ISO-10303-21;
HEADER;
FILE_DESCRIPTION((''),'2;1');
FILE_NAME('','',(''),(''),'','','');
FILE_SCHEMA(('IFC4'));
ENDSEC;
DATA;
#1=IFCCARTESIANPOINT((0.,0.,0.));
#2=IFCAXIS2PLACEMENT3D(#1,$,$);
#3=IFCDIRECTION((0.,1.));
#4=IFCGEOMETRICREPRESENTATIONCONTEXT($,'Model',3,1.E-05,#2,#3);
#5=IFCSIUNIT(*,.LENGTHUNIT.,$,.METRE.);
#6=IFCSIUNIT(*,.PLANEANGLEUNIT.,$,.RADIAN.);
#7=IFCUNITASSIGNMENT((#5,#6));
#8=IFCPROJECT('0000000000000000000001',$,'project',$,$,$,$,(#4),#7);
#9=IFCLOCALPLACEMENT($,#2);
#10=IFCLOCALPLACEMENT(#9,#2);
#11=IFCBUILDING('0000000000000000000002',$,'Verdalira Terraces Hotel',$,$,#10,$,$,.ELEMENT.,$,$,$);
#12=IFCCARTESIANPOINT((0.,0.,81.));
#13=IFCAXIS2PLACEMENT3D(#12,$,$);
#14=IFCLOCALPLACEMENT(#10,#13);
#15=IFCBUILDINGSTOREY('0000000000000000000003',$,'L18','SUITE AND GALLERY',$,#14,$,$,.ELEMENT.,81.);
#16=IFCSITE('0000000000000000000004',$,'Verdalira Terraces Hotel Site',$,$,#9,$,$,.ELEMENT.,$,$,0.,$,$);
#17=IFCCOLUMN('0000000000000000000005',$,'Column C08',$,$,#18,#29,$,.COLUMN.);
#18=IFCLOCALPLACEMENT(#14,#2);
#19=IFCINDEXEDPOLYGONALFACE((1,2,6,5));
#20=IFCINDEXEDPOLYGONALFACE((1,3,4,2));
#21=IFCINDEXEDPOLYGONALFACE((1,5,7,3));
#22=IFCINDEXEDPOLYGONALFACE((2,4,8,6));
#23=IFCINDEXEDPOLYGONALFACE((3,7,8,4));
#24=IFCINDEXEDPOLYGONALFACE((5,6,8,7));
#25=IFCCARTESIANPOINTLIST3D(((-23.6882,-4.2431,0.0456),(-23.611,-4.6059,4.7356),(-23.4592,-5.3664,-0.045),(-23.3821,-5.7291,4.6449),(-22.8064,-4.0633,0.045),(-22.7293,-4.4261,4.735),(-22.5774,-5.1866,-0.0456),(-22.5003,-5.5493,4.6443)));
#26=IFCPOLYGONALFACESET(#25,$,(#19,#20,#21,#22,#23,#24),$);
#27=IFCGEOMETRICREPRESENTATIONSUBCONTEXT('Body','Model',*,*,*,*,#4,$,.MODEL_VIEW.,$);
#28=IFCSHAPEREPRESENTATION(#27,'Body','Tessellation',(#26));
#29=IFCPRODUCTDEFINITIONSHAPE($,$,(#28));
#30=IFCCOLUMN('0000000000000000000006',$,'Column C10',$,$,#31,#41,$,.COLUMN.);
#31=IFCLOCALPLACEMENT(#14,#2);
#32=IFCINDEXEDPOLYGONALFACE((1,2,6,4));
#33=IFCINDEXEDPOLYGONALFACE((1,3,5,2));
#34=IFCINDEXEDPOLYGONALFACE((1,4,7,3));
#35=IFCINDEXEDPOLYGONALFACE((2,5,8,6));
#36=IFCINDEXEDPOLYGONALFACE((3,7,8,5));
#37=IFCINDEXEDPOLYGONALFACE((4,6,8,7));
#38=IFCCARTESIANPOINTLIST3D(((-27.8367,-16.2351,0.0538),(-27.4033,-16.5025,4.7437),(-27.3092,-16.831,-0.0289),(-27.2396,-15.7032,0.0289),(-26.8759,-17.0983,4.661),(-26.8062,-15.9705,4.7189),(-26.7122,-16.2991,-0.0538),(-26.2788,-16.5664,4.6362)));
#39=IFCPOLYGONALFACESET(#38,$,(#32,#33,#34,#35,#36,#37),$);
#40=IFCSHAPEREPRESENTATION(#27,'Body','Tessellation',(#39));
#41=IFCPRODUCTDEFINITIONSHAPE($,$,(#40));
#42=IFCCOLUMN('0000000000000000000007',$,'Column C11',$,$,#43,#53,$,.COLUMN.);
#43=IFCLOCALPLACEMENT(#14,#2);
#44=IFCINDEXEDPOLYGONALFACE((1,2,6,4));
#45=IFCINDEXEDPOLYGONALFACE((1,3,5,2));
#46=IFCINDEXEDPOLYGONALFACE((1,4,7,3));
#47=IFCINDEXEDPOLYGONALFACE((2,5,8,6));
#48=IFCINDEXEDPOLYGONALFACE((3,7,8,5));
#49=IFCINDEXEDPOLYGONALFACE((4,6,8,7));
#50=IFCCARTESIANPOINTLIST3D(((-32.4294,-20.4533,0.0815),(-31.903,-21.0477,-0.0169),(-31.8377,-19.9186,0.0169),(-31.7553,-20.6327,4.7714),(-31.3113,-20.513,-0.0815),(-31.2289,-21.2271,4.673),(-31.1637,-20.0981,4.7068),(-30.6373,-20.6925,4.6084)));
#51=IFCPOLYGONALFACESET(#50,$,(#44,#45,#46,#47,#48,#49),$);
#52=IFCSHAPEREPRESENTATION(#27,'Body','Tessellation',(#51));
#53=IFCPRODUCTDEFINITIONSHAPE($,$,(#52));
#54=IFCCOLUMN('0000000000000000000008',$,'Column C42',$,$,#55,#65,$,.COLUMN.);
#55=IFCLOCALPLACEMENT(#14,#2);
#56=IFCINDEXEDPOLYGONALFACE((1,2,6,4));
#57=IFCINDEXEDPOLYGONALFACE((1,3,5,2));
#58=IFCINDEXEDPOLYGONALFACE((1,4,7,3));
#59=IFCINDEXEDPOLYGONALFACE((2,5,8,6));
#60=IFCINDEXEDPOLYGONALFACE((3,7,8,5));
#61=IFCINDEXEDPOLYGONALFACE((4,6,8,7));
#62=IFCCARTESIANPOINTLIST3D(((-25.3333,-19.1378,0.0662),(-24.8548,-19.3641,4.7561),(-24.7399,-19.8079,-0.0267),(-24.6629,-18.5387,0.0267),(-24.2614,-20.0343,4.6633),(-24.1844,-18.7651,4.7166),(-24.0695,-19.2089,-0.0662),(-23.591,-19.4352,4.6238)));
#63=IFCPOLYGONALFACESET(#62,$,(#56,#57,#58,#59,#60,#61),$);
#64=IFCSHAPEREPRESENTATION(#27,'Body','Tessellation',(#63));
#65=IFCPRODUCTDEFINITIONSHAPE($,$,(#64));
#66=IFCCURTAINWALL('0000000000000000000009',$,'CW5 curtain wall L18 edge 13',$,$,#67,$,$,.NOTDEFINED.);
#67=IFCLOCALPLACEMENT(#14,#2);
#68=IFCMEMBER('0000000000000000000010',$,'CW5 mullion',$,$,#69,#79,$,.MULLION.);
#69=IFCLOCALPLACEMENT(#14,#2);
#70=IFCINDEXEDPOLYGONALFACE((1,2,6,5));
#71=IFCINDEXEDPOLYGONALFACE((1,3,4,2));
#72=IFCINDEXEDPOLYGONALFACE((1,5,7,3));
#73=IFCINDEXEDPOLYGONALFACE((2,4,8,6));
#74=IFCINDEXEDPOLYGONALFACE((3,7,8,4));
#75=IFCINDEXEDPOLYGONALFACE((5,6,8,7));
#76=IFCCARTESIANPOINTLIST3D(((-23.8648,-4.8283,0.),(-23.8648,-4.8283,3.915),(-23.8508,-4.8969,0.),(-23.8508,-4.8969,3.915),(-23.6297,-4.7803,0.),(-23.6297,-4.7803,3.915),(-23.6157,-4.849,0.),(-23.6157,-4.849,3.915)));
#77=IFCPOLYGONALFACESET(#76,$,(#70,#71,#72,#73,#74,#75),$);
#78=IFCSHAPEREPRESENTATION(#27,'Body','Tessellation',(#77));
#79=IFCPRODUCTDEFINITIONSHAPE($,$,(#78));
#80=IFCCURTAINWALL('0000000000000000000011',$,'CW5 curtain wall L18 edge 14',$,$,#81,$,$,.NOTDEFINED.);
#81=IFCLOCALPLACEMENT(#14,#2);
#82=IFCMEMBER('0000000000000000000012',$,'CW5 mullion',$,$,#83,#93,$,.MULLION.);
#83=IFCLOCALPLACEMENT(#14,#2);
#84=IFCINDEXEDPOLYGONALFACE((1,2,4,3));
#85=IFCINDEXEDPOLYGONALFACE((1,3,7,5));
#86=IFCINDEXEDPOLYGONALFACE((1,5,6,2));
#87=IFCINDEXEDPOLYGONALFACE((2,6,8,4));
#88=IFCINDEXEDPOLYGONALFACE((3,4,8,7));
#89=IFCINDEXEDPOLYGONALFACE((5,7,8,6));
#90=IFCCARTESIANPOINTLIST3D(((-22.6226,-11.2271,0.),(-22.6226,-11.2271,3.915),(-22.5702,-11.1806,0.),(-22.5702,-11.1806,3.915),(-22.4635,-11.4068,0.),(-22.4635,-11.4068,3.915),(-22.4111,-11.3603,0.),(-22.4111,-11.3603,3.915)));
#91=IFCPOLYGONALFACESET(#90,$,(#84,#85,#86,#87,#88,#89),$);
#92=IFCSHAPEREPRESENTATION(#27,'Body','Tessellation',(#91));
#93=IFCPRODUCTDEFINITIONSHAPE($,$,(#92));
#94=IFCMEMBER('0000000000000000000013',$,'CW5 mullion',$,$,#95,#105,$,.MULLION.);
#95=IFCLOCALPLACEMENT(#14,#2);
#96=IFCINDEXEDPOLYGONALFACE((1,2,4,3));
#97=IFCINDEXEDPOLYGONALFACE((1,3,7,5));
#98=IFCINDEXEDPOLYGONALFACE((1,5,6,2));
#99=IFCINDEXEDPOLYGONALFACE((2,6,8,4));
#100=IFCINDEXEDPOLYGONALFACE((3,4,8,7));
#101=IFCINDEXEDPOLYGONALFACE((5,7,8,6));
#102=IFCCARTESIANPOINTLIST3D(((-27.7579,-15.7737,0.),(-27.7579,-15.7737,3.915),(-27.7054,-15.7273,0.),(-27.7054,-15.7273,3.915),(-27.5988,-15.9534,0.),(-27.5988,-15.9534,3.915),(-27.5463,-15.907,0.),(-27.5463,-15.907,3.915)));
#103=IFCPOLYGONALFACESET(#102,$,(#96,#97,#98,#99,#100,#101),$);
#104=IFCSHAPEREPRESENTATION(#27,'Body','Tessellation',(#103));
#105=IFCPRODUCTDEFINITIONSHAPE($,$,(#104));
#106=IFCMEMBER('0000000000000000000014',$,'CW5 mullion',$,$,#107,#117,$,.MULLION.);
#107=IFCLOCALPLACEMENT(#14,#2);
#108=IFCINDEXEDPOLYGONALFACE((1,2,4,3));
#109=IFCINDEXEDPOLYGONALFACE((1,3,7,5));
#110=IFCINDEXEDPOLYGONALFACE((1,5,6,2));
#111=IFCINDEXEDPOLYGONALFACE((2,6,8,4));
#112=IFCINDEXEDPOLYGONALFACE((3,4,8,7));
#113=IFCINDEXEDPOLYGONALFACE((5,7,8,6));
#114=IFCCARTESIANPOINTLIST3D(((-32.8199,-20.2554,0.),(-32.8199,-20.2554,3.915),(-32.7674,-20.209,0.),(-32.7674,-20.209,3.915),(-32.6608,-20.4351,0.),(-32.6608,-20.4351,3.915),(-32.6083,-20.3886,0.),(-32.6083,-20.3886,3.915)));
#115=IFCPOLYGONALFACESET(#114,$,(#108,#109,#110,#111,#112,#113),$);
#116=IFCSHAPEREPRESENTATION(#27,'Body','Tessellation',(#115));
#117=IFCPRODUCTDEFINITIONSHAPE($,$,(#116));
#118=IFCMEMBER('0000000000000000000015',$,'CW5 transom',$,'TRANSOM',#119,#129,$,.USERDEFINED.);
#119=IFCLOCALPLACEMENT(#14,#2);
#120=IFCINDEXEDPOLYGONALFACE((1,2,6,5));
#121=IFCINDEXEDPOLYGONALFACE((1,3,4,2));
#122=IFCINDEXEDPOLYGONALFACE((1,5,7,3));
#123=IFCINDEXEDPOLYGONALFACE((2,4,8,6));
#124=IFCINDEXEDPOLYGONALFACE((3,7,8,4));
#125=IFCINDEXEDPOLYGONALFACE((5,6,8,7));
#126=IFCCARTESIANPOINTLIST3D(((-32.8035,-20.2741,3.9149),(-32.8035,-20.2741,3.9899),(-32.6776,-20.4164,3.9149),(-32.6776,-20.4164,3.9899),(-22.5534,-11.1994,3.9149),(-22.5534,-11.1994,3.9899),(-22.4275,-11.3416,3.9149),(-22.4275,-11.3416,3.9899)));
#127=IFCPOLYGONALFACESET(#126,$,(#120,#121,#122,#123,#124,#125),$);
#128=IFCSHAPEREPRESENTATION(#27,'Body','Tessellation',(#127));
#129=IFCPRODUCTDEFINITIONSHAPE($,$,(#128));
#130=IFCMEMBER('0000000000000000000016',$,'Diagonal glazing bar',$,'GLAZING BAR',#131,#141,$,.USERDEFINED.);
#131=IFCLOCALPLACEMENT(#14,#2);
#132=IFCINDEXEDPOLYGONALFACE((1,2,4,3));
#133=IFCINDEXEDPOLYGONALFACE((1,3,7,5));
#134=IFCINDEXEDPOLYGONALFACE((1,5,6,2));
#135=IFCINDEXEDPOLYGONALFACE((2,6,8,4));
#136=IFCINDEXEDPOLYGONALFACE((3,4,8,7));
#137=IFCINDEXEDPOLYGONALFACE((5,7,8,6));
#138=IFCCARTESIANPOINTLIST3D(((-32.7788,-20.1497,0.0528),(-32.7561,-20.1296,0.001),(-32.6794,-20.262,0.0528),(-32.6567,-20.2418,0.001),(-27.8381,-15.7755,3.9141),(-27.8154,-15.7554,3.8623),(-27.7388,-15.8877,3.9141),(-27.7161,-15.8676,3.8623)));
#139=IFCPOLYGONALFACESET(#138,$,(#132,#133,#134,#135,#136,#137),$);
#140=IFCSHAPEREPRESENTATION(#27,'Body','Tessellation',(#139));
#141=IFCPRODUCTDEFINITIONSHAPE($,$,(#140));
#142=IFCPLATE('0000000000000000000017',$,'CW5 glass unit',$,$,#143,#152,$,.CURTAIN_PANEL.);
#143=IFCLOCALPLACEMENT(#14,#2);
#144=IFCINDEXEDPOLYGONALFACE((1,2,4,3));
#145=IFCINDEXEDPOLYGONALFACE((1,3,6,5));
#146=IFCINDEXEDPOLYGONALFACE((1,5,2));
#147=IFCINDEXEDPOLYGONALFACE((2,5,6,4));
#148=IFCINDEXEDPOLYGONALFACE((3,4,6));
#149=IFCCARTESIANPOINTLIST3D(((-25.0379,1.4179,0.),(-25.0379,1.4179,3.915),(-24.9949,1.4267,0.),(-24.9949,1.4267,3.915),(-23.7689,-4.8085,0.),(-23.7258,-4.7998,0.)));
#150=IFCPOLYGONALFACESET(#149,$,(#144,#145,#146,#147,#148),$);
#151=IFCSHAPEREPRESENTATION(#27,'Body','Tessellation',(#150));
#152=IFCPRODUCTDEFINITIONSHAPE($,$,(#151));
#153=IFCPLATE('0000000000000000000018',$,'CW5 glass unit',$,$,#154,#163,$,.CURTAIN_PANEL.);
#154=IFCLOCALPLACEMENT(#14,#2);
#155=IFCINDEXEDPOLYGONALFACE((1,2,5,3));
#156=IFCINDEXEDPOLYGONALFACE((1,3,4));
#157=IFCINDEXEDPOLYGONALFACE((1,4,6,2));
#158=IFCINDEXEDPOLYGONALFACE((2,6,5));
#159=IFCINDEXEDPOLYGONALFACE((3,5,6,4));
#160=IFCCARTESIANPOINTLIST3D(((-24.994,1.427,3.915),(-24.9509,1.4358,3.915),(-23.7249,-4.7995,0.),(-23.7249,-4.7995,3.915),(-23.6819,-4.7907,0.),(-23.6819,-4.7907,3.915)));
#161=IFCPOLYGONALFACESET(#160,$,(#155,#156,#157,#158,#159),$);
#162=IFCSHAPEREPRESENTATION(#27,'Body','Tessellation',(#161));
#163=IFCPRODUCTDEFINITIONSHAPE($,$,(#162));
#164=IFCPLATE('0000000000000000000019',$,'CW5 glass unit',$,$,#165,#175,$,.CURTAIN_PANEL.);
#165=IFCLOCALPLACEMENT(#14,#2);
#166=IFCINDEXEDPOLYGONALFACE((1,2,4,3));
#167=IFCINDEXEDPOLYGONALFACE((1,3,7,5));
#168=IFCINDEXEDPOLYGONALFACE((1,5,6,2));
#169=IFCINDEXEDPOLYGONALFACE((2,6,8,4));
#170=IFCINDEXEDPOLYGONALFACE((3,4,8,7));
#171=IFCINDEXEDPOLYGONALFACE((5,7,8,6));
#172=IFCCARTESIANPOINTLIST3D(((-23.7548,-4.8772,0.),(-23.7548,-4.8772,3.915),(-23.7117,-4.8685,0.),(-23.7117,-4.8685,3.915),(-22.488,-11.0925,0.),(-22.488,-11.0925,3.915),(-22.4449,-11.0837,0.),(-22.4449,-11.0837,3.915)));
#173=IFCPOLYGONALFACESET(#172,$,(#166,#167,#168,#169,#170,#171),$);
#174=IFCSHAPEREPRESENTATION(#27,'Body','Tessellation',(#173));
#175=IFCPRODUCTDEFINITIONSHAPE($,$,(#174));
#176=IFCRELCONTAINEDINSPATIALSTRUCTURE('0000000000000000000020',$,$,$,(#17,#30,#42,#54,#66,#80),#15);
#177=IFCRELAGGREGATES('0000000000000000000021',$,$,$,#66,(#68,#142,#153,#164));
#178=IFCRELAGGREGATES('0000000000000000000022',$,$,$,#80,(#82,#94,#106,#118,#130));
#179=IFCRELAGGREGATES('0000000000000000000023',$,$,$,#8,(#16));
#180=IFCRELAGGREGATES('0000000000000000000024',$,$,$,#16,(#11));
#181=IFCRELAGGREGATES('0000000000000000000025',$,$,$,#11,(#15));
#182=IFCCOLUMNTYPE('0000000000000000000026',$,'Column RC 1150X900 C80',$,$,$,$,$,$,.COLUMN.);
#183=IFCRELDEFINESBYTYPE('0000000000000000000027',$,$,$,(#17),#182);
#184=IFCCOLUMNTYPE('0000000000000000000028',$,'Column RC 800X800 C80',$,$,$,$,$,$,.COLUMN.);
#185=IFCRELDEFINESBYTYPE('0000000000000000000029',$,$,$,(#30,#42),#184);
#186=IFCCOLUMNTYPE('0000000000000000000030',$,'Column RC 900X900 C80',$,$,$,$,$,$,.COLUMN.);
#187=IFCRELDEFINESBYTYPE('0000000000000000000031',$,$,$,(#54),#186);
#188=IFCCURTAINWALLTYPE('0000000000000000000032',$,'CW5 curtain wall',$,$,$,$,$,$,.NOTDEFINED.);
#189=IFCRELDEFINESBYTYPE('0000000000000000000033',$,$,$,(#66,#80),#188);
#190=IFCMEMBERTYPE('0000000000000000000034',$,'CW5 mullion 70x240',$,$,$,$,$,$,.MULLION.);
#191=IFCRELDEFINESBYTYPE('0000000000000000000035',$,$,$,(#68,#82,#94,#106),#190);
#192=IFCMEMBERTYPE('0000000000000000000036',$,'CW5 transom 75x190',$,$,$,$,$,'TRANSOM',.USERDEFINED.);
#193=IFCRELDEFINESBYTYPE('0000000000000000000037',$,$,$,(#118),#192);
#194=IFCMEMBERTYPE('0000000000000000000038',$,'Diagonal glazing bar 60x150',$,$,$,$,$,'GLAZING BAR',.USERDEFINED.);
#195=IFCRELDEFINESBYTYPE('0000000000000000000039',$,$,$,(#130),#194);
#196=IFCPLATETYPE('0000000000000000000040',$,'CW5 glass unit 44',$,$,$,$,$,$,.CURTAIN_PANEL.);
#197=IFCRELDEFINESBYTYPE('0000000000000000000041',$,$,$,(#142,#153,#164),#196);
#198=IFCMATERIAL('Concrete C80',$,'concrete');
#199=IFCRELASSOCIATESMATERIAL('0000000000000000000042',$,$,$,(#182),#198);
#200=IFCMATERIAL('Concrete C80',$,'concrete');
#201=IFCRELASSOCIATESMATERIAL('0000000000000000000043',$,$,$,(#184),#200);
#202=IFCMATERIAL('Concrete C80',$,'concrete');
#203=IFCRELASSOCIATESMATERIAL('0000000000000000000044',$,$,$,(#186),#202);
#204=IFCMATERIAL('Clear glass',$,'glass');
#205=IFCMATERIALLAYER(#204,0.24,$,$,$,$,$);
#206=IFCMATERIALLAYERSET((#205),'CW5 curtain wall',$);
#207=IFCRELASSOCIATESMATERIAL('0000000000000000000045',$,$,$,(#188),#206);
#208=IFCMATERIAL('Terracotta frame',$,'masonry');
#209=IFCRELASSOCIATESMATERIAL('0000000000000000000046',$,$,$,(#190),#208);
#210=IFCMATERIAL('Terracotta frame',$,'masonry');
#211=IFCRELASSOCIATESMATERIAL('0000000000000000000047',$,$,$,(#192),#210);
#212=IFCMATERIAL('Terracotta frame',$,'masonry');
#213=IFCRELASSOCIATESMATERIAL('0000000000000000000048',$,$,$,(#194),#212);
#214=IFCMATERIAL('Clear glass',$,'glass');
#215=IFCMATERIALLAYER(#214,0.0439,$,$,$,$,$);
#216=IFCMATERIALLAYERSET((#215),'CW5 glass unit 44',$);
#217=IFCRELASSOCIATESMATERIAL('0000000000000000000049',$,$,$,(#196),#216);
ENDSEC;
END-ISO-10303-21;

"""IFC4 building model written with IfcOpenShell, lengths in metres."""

from ifc_helpers import new_model, si_unit, direction, frame, origin, origin_2d, place, context, subcontext, project, spatial, polyline, rectangle, outline, extrude, material, layer, layer_set, material_profile, profile_set, type_object, element, aggregate, save


model = new_model("IFC4")

# Units and contexts
model_context = context("Model", 3, precision=1e-05, world=origin(), true_north=direction((0.0, 1.0)))
body_context = subcontext(model_context, "Body", "Model", "MODEL_VIEW")
ifc_project = project(units=[si_unit("LENGTHUNIT", "METRE"), si_unit("PLANEANGLEUNIT", "RADIAN")], contexts=[model_context])

# Site, building, storey
site_placement = place(None, origin())
site = spatial("IfcSite", under=ifc_project, at=site_placement, Name="Verdalira Terraces Hotel Site", CompositionType="ELEMENT", RefElevation=0.0)
building_placement = place(site_placement, origin())
building = spatial("IfcBuilding", under=site, at=building_placement, Name="Verdalira Terraces Hotel", CompositionType="ELEMENT")
storey_placement = place(building_placement, frame((0.0, 0.0, 81.0)))
storey = spatial("IfcBuildingStorey", under=building, at=storey_placement, Name="L18", Description="SUITE AND GALLERY", CompositionType="ELEMENT", Elevation=81.0)

# Columns
ifc_material_1 = material(Name="Concrete C80", Category="concrete")
ifc_material_profile_1 = material_profile(ifc_material_1, rectangle(XDim=1.1499, YDim=0.8999, at=origin_2d()), Name="RC 1150X900")
ifc_profile_set_1 = profile_set([ifc_material_profile_1], Name="Concrete C80")
column_type_1 = type_object("IfcColumnType", Name="Column RC 1150X900 C80", PredefinedType="COLUMN", material=ifc_profile_set_1)
column_1_placement = place(storey_placement, frame((-23.1328, -4.7148, 0.0), z_axis=(0.016399, -0.077115, 0.996887), x_axis=(0.199126, -0.976798, -0.078836)))
element("IfcColumn", 1, at=column_1_placement, inside=storey, type_object=column_type_1, Name="Column C08", PredefinedType="COLUMN", context=body_context, shape_type="SweptSolid", body=[
    extrude(rectangle(XDim=1.1499, YDim=0.8999, at=origin_2d()), origin(), (0.0, 0.0, 1.0), 4.7046),
])
ifc_material_2 = material(Name="Concrete C80", Category="concrete")
ifc_material_profile_2 = material_profile(ifc_material_2, rectangle(XDim=0.8, YDim=0.8, at=origin_2d()), Name="RC 800X800")
ifc_profile_set_2 = profile_set([ifc_material_profile_2], Name="Concrete C80")
column_type_2 = type_object("IfcColumnType", Name="Column RC 800X800 C80", PredefinedType="COLUMN", material=ifc_profile_set_2)
column_2_placement = place(storey_placement, frame((-27.2744, -16.2671, 0.0), z_axis=(0.09186, -0.056669, 0.994158), x_axis=(-0.7463, -0.664885, 0.031059)))
element("IfcColumn", 2, at=column_2_placement, inside=storey, type_object=column_type_2, Name="Column C10", PredefinedType="COLUMN", context=body_context, shape_type="SweptSolid", body=[
    extrude(rectangle(XDim=0.8, YDim=0.8, at=origin_2d()), origin(), (0.0, 0.0, 1.0), 4.7175),
])
column_3_placement = place(storey_placement, frame((-31.8704, -20.4832, 0.0), z_axis=(0.142163, -0.037845, 0.989119), x_axis=(-0.739515, -0.668283, 0.080719)))
element("IfcColumn", 3, at=column_3_placement, inside=storey, type_object=column_type_2, Name="Column C11", PredefinedType="COLUMN", context=body_context, shape_type="SweptSolid", body=[
    extrude(rectangle(XDim=0.8, YDim=0.8, at=origin_2d()), origin(), (0.0, 0.0, 1.0), 4.7415),
])
ifc_material_3 = material(Name="Concrete C80", Category="concrete")
ifc_material_profile_3 = material_profile(ifc_material_3, rectangle(XDim=0.8999, YDim=0.8999, at=origin_2d()), Name="RC 900X900")
ifc_profile_set_3 = profile_set([ifc_material_profile_3], Name="Concrete C80")
column_type_3 = type_object("IfcColumnType", Name="Column RC 900X900 C80", PredefinedType="COLUMN", material=ifc_profile_set_3)
column_4_placement = place(storey_placement, frame((-24.7014, -19.1733, 0.0), z_axis=(0.101386, -0.047952, 0.993691), x_axis=(-0.744944, -0.665682, 0.043884)))
element("IfcColumn", 4, at=column_4_placement, inside=storey, type_object=column_type_3, Name="Column C42", PredefinedType="COLUMN", context=body_context, shape_type="SweptSolid", body=[
    extrude(rectangle(XDim=0.8999, YDim=0.8999, at=origin_2d()), origin(), (0.0, 0.0, 1.0), 4.7197),
])

# Curtain wall, member
ifc_material_4 = material(Name="Clear glass", Category="glass")
ifc_layer_1 = layer(ifc_material_4, 0.24)
ifc_layer_set_1 = layer_set([ifc_layer_1], Name="CW5 curtain wall")
curtain_wall_type = type_object("IfcCurtainWallType", Name="CW5 curtain wall", PredefinedType="NOTDEFINED", material=ifc_layer_set_1)
curtain_wall_1_placement = place(storey_placement, origin())
curtain_wall_1 = element("IfcCurtainWall", 5, at=curtain_wall_1_placement, inside=storey, type_object=curtain_wall_type, Name="CW5 curtain wall L18 edge 13", PredefinedType="NOTDEFINED")
ifc_material_5 = material(Name="Terracotta frame", Category="masonry")
ifc_material_profile_4 = material_profile(ifc_material_5, rectangle(XDim=0.0701, YDim=0.24, at=origin_2d()), Name="MU 70x240")
ifc_profile_set_4 = profile_set([ifc_material_profile_4], Name="Terracotta frame")
member_type_1 = type_object("IfcMemberType", Name="CW5 mullion 70x240", PredefinedType="MULLION", material=ifc_profile_set_4)
member_1_placement = place(storey_placement, frame((-23.7402, -4.8386, 0.0), z_axis=(0.0, 0.0, 1.0), x_axis=(0.19971, -0.979855, 0.0)))
member_1 = element("IfcMember", 6, at=member_1_placement, type_object=member_type_1, Name="CW5 mullion", PredefinedType="MULLION", context=body_context, shape_type="SweptSolid", body=[
    extrude(rectangle(XDim=0.0701, YDim=0.24, at=origin_2d()), origin(), (0.0, 0.0, 1.0), 3.915),
])

# Curtain wall, members
curtain_wall_2_placement = place(storey_placement, origin())
curtain_wall_2 = element("IfcCurtainWall", 7, at=curtain_wall_2_placement, inside=storey, type_object=curtain_wall_type, Name="CW5 curtain wall L18 edge 14", PredefinedType="NOTDEFINED")
member_2_placement = place(storey_placement, frame((-22.5168, -11.2937, 0.0), z_axis=(0.0, 0.0, 1.0), x_axis=(-0.748724, -0.662881, 0.0)))
member_2 = element("IfcMember", 8, at=member_2_placement, type_object=member_type_1, Name="CW5 mullion", PredefinedType="MULLION", context=body_context, shape_type="SweptSolid", body=[
    extrude(rectangle(XDim=0.0701, YDim=0.24, at=origin_2d()), origin(), (0.0, 0.0, 1.0), 3.915),
])
member_3_placement = place(storey_placement, frame((-27.6521, -15.8403, 0.0), z_axis=(0.0, 0.0, 1.0), x_axis=(-0.748724, -0.662881, 0.0)))
member_3 = element("IfcMember", 9, at=member_3_placement, type_object=member_type_1, Name="CW5 mullion", PredefinedType="MULLION", context=body_context, shape_type="SweptSolid", body=[
    extrude(rectangle(XDim=0.0701, YDim=0.24, at=origin_2d()), origin(), (0.0, 0.0, 1.0), 3.915),
])
member_4_placement = place(storey_placement, frame((-32.7141, -20.322, 0.0), z_axis=(0.0, 0.0, 1.0), x_axis=(-0.748724, -0.662881, 0.0)))
member_4 = element("IfcMember", 10, at=member_4_placement, type_object=member_type_1, Name="CW5 mullion", PredefinedType="MULLION", context=body_context, shape_type="SweptSolid", body=[
    extrude(rectangle(XDim=0.0701, YDim=0.24, at=origin_2d()), origin(), (0.0, 0.0, 1.0), 3.915),
])
ifc_material_6 = material(Name="Terracotta frame", Category="masonry")
ifc_material_profile_5 = material_profile(ifc_material_6, rectangle(XDim=0.1899, YDim=0.075, at=origin_2d()), Name="TR 75x190")
ifc_profile_set_5 = profile_set([ifc_material_profile_5], Name="Terracotta frame")
member_type_2 = type_object("IfcMemberType", Name="CW5 transom 75x190", ElementType="TRANSOM", PredefinedType="USERDEFINED", material=ifc_profile_set_5)
member_5_placement = place(storey_placement, frame((-22.4905, -11.2705, 3.9524), z_axis=(-0.748728, -0.662877, 0.0), x_axis=(0.662877, -0.748728, 0.0)))
member_5 = element("IfcMember", 11, at=member_5_placement, type_object=member_type_2, Name="CW5 transom", ObjectType="TRANSOM", PredefinedType="USERDEFINED", context=body_context, shape_type="SweptSolid", body=[
    extrude(rectangle(XDim=0.1899, YDim=0.075, at=origin_2d()), origin(), (0.0, 0.0, 1.0), 13.6899),
])
ifc_material_7 = material(Name="Terracotta frame", Category="masonry")
ifc_material_profile_6 = material_profile(ifc_material_7, rectangle(XDim=0.1499, YDim=0.0601, at=origin_2d()), Name="GB 60x150")
ifc_profile_set_6 = profile_set([ifc_material_profile_6], Name="Terracotta frame")
member_type_3 = type_object("IfcMemberType", Name="Diagonal glazing bar 60x150", ElementType="GLAZING BAR", PredefinedType="USERDEFINED", material=ifc_profile_set_6)
member_6_placement = place(storey_placement, frame((-27.7771, -15.8215, 3.8882), z_axis=(-0.646216, -0.572133, -0.505043), x_axis=(0.662886, -0.74872, 0.0)))
member_6 = element("IfcMember", 12, at=member_6_placement, type_object=member_type_3, Name="Diagonal glazing bar", ObjectType="GLAZING BAR", PredefinedType="USERDEFINED", context=body_context, shape_type="SweptSolid", body=[
    extrude(rectangle(XDim=0.1499, YDim=0.0601, at=origin_2d()), origin(), (0.0, 0.0, 1.0), 7.6455),
])

# Plates
ifc_material_8 = material(Name="Clear glass", Category="glass")
ifc_layer_2 = layer(ifc_material_8, 0.0439)
ifc_layer_set_2 = layer_set([ifc_layer_2], Name="CW5 glass unit 44")
plate_type = type_object("IfcPlateType", Name="CW5 glass unit 44", PredefinedType="CURTAIN_PANEL", material=ifc_layer_set_2)
plate_1_placement = place(storey_placement, frame((-24.3604, -1.6865, 1.9575), z_axis=(-0.979855, -0.19971, 0.0), x_axis=(0.19971, -0.979855, 0.0)))
plate_1 = element("IfcPlate", 13, at=plate_1_placement, type_object=plate_type, Name="CW5 glass unit", PredefinedType="CURTAIN_PANEL", context=body_context, shape_type="SweptSolid", body=[
    extrude(outline(polyline([(-3.1772, -1.9575), (3.1772, -1.9575), (-3.1772, 1.9575), (-3.1772, -1.9575)])), origin(), (0.0, 0.0, 1.0), 0.0439),
])
plate_2_placement = place(storey_placement, frame((-24.3164, -1.6775, 1.9575), z_axis=(-0.979855, -0.19971, 0.0), x_axis=(0.19971, -0.979855, 0.0)))
plate_2 = element("IfcPlate", 14, at=plate_2_placement, type_object=plate_type, Name="CW5 glass unit", PredefinedType="CURTAIN_PANEL", context=body_context, shape_type="SweptSolid", body=[
    extrude(outline(polyline([(3.1772, -1.9575), (3.1772, 1.9575), (-3.1772, 1.9575), (3.1772, -1.9575)])), origin(), (0.0, 0.0, 1.0), 0.0439),
])
plate_3_placement = place(storey_placement, frame((-23.0999, -7.9805, 0.0), z_axis=(0.0, 0.0, 1.0), x_axis=(0.19971, -0.979855, 0.0)))
plate_3 = element("IfcPlate", 15, at=plate_3_placement, type_object=plate_type, Name="CW5 glass unit", PredefinedType="CURTAIN_PANEL", context=body_context, shape_type="SweptSolid", body=[
    extrude(rectangle(XDim=6.343, YDim=0.0439, at=origin_2d()), origin(), (0.0, 0.0, 1.0), 3.915),
])
aggregate(curtain_wall_1, [member_1, plate_1, plate_2, plate_3])
aggregate(curtain_wall_2, [member_2, member_3, member_4, member_5, member_6])

save(model, "model.ifc")
